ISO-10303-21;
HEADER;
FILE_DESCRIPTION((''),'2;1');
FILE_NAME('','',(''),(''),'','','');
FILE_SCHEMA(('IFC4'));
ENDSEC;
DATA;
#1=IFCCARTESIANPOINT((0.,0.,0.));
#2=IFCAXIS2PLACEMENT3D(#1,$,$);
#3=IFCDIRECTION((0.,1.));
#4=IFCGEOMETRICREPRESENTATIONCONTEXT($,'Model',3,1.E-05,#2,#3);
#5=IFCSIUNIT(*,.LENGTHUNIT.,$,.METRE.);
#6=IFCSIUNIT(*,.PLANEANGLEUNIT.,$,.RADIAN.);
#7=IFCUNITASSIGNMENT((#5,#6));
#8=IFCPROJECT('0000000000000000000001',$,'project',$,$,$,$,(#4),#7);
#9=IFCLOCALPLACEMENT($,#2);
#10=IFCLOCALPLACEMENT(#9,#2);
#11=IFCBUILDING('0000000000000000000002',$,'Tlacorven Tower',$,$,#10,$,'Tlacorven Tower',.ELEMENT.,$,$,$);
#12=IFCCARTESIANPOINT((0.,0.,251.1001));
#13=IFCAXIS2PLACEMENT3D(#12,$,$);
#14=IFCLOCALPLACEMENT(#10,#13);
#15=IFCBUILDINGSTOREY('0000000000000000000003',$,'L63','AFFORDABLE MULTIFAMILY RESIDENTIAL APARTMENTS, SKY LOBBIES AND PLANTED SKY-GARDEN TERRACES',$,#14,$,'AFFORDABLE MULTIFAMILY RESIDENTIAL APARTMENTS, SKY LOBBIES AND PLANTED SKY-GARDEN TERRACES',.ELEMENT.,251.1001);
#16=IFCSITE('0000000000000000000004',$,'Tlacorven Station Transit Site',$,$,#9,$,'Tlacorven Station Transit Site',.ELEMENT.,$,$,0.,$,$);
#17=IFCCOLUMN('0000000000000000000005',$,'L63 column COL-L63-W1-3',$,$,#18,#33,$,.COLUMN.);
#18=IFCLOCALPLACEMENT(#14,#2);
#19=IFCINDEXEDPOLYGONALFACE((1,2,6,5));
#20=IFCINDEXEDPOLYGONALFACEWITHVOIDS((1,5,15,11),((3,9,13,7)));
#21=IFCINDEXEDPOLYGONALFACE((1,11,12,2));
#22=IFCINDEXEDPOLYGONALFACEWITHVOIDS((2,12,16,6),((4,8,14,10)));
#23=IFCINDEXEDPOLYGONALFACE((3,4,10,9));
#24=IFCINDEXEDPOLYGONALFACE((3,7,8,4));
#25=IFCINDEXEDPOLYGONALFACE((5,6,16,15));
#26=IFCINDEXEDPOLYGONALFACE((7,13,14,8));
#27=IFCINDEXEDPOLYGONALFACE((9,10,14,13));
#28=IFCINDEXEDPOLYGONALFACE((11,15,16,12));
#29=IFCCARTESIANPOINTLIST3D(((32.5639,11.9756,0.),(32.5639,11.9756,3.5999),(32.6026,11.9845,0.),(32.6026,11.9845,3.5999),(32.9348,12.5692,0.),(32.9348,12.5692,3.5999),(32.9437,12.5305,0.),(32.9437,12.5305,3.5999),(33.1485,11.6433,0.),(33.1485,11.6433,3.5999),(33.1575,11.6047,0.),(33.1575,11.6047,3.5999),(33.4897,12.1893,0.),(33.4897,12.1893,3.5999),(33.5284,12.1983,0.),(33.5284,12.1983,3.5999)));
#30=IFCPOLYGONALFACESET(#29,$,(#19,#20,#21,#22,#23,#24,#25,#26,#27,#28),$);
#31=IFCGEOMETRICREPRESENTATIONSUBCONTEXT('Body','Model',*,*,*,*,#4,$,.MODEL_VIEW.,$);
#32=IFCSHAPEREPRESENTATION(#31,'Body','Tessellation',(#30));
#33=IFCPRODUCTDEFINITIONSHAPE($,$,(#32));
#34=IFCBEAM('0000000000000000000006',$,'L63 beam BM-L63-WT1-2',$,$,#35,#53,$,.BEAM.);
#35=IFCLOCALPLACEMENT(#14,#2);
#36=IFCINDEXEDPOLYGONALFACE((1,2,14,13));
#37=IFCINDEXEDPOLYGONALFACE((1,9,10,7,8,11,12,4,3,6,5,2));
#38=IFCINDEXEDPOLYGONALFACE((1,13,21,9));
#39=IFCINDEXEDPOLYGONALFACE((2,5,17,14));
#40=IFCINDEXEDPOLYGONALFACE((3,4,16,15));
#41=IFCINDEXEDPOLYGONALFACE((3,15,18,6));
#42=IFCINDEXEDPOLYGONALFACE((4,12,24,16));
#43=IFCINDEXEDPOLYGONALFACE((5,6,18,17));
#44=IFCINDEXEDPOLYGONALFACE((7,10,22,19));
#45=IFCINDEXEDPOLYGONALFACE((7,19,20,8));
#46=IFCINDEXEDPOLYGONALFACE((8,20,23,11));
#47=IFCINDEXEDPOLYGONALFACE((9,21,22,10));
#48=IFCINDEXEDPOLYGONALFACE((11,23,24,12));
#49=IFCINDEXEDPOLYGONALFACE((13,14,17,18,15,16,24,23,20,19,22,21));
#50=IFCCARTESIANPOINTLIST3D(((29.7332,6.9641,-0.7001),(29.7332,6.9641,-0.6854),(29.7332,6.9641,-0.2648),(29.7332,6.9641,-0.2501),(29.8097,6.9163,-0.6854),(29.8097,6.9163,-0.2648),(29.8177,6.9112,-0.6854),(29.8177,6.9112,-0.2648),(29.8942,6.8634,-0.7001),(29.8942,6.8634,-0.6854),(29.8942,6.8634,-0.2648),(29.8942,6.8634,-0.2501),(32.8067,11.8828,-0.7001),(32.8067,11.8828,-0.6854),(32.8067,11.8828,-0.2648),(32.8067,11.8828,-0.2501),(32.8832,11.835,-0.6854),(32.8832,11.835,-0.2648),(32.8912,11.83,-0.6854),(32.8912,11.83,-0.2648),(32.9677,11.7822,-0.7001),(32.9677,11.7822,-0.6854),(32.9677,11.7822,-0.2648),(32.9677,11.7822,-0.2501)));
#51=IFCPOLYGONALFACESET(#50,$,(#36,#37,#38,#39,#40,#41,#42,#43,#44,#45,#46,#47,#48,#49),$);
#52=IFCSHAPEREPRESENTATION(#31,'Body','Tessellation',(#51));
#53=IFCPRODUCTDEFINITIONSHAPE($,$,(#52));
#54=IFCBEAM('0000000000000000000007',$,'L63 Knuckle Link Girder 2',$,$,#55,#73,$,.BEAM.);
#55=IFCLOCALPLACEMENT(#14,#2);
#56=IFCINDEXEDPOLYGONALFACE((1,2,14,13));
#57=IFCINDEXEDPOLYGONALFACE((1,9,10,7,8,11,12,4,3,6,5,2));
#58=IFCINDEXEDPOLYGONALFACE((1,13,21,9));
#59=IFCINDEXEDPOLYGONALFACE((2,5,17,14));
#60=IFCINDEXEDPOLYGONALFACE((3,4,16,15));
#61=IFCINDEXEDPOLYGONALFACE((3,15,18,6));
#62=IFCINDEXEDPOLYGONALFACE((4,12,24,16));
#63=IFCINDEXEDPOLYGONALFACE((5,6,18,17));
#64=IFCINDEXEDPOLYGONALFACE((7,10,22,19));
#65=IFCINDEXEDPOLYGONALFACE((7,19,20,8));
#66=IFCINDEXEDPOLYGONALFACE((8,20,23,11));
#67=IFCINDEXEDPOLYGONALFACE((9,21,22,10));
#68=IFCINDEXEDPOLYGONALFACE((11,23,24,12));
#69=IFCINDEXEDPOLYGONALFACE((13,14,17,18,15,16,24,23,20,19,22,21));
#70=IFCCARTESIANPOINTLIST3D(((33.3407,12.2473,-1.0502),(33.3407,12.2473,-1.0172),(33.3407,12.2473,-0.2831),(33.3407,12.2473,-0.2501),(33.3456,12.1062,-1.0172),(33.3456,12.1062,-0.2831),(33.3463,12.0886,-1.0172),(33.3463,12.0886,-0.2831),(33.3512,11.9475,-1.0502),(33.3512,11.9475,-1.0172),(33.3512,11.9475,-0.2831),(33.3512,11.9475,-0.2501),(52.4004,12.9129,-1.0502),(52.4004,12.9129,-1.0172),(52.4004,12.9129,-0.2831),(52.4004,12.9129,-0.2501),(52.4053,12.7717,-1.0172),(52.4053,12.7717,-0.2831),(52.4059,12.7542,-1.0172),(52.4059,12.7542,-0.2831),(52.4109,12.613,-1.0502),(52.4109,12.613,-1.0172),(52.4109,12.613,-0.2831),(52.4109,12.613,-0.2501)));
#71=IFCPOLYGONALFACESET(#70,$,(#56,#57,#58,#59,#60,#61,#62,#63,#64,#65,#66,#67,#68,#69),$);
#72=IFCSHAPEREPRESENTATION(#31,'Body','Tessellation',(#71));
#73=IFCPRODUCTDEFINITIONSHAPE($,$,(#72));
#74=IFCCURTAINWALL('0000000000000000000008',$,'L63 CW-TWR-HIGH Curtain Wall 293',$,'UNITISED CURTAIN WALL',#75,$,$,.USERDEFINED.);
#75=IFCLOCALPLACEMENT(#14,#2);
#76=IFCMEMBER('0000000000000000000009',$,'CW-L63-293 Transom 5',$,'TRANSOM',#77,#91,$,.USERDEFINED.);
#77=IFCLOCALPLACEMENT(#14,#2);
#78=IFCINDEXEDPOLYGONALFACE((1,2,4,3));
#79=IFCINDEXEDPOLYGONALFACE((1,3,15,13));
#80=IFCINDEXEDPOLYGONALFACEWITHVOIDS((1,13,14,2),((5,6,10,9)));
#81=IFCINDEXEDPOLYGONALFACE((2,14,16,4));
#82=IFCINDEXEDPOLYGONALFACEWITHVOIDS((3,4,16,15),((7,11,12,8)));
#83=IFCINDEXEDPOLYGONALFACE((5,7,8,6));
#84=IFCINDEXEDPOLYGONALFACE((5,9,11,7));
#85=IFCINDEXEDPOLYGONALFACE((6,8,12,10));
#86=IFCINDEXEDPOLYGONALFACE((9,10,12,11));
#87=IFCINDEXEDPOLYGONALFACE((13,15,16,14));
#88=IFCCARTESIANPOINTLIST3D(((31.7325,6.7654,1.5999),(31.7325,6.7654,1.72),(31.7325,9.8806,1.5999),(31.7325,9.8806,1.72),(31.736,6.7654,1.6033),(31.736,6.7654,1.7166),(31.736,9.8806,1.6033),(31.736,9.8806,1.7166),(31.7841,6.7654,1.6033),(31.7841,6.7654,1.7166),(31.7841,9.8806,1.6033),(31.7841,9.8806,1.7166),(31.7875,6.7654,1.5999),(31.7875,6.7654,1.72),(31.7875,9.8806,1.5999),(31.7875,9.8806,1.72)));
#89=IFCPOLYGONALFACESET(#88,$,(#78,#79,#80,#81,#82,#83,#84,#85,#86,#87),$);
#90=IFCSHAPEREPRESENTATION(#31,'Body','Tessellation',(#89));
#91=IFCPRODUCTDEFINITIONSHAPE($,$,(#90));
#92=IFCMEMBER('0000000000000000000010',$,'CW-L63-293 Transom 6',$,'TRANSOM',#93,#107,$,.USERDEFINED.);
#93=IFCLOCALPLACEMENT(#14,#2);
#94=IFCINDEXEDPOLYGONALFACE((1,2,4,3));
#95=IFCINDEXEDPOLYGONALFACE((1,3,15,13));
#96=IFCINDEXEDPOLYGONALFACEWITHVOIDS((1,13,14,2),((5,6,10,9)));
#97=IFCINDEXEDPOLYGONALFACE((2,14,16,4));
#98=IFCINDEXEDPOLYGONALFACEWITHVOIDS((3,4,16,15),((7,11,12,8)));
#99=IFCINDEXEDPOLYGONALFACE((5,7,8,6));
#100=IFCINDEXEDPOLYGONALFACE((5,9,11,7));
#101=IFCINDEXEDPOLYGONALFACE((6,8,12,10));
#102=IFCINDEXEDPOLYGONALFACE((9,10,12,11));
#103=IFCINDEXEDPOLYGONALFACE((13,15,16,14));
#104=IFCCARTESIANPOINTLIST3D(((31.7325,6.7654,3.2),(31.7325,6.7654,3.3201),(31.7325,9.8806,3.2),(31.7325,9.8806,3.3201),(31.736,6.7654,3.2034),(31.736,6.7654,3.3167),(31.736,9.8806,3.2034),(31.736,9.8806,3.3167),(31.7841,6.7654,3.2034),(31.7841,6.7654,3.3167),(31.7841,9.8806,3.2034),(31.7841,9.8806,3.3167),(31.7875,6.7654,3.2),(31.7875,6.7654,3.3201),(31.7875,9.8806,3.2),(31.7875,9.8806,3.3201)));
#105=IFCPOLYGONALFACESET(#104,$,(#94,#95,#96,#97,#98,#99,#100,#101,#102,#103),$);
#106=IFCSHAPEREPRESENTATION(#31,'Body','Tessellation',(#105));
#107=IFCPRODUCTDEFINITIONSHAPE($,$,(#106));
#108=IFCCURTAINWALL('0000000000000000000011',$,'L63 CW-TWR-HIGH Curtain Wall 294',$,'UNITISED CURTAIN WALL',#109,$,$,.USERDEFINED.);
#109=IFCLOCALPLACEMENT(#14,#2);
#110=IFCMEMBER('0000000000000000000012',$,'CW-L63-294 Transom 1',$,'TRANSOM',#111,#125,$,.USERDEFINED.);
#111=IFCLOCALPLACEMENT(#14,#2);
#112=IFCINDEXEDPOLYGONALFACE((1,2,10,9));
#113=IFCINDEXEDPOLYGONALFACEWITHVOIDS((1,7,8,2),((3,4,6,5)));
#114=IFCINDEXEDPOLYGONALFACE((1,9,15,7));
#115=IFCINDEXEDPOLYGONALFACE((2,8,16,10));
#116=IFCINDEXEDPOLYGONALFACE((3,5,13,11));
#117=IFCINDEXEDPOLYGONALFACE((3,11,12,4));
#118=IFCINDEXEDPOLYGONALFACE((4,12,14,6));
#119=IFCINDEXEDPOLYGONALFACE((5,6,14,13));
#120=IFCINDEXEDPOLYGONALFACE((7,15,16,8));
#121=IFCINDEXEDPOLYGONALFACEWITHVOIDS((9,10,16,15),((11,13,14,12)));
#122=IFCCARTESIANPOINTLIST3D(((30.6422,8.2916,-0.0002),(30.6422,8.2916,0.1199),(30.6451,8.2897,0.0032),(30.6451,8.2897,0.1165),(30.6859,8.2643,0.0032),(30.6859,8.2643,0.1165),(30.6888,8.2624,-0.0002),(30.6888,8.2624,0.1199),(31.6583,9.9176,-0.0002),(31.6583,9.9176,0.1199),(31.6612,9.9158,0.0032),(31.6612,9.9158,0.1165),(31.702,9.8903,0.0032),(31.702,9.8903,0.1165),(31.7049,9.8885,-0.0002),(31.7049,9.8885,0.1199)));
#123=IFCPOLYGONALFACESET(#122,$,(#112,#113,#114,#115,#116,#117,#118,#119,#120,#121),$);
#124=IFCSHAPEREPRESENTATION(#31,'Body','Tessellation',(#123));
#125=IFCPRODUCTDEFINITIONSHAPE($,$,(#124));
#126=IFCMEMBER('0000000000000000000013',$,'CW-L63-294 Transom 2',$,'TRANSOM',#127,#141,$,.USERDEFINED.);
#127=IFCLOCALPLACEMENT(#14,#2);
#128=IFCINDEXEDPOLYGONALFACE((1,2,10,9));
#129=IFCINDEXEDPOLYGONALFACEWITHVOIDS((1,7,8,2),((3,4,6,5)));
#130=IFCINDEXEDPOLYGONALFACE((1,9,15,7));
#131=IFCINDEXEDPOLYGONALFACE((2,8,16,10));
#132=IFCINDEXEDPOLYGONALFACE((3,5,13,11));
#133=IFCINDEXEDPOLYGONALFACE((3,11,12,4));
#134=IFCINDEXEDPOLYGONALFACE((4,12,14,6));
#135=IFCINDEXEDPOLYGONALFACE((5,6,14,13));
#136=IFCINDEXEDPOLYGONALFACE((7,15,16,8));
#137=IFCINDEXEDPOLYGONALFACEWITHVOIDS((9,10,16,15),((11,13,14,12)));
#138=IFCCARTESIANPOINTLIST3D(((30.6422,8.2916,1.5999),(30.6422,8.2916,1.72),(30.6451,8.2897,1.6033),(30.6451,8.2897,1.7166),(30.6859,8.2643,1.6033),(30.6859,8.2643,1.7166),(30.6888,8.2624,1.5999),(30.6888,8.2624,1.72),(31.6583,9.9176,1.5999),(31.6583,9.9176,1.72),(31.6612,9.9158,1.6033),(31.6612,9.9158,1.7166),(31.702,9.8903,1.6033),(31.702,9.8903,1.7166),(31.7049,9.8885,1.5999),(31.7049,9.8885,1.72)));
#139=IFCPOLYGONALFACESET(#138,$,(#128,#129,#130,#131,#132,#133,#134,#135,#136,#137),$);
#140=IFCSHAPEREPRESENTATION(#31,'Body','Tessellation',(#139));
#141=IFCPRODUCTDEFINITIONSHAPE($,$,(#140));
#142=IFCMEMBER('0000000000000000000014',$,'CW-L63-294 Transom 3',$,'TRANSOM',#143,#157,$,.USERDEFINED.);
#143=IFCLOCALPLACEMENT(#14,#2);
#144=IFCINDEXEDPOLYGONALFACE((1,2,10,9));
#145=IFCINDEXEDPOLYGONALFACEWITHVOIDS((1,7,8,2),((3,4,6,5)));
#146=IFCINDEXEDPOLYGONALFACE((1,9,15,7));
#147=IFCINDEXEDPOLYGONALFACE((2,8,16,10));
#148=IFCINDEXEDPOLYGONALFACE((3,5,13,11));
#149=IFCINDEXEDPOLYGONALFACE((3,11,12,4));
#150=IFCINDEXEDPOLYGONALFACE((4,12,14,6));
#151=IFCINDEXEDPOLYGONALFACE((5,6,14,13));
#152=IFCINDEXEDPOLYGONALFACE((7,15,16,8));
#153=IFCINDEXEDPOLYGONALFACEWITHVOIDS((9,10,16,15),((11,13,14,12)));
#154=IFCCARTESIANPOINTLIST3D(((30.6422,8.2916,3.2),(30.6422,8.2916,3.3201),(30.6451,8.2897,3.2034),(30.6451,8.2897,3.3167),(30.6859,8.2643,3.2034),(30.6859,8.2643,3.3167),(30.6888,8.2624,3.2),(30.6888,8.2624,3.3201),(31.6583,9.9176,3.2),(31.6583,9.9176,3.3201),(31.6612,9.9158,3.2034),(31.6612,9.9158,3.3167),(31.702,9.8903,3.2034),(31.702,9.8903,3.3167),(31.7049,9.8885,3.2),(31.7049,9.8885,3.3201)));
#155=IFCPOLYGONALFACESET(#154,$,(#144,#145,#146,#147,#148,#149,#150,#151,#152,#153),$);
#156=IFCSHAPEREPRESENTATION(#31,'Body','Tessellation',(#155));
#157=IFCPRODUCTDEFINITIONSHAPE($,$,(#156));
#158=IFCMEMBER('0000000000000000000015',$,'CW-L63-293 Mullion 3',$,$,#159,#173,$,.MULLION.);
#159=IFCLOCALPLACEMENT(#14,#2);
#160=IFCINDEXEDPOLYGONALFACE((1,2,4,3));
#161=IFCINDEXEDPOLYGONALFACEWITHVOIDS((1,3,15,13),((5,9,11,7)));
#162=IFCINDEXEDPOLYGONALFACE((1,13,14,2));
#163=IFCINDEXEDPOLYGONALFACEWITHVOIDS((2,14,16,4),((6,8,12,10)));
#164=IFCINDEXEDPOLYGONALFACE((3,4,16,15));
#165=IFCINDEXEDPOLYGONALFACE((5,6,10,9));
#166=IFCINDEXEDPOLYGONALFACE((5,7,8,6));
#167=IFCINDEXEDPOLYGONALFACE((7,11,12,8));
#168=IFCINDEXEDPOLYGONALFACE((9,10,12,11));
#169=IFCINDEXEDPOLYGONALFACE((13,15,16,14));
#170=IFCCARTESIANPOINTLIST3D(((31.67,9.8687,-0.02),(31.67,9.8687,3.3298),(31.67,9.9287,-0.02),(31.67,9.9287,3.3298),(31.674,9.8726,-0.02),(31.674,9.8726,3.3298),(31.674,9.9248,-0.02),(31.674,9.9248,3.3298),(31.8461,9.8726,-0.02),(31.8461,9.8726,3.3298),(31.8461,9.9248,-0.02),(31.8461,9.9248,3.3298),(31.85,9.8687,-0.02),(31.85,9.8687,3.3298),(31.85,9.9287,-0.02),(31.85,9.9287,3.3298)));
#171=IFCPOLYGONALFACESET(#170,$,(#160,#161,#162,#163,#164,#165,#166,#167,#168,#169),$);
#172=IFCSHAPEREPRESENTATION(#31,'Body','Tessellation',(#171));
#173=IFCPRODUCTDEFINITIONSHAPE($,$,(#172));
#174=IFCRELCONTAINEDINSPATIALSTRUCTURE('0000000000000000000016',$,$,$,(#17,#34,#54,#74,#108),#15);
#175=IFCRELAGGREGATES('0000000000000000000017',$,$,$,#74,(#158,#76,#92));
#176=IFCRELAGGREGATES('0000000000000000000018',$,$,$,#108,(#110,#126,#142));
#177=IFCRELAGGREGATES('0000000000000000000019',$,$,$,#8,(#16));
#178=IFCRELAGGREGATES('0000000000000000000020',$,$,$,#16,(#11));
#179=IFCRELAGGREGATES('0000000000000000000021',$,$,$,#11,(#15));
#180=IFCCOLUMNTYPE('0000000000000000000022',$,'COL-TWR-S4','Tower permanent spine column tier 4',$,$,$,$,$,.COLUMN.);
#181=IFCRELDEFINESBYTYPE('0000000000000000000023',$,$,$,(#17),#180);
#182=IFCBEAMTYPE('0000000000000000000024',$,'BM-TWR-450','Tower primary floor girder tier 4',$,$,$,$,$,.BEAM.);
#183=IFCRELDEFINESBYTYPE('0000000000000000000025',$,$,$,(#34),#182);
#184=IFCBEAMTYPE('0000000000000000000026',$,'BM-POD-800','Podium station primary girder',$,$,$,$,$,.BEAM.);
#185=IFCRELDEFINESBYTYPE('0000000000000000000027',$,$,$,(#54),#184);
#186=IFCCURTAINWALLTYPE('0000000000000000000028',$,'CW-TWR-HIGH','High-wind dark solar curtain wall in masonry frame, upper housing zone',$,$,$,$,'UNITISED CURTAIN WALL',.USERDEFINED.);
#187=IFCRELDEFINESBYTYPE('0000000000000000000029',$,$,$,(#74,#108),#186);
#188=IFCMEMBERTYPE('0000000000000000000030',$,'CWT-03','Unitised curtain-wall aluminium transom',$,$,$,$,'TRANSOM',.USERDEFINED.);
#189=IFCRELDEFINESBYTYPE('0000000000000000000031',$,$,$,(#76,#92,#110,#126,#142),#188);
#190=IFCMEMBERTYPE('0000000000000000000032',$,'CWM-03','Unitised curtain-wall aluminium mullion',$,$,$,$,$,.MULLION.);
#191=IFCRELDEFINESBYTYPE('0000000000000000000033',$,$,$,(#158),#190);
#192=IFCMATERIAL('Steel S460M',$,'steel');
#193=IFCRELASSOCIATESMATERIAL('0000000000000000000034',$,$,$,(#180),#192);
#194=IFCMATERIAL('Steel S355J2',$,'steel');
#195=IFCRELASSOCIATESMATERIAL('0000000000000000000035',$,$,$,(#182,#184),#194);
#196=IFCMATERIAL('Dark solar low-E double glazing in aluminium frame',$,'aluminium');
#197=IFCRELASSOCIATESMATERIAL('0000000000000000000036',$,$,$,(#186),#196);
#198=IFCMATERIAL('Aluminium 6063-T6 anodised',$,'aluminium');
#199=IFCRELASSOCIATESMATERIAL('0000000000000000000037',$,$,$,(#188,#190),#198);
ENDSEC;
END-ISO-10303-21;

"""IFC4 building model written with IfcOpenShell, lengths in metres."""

from ifc_helpers import new_model, si_unit, direction, frame, origin, origin_2d, place, context, subcontext, project, spatial, hollow_rectangle, i_section, extrude, source, transform, mapped, material, material_profile, profile_set, type_object, element, aggregate, save


model = new_model("IFC4")

# Units and contexts
model_context = context("Model", 3, precision=1e-05, world=origin(), true_north=direction((0.0, 1.0)))
body_context = subcontext(model_context, "Body", "Model", "MODEL_VIEW")
ifc_project = project(units=[si_unit("LENGTHUNIT", "METRE"), si_unit("PLANEANGLEUNIT", "RADIAN")], contexts=[model_context])

# Site, building, storey
site_placement = place(None, origin())
site = spatial("IfcSite", under=ifc_project, at=site_placement, Name="Tlacorven Station Transit Site", LongName="Tlacorven Station Transit Site", CompositionType="ELEMENT", RefElevation=0.0)
building_placement = place(site_placement, origin())
building = spatial("IfcBuilding", under=site, at=building_placement, Name="Tlacorven Tower", LongName="Tlacorven Tower", CompositionType="ELEMENT")
storey_placement = place(building_placement, frame((0.0, 0.0, 251.1001)))
storey = spatial("IfcBuildingStorey", under=building, at=storey_placement, Name="L63", Description="AFFORDABLE MULTIFAMILY RESIDENTIAL APARTMENTS, SKY LOBBIES AND PLANTED SKY-GARDEN TERRACES", LongName="AFFORDABLE MULTIFAMILY RESIDENTIAL APARTMENTS, SKY LOBBIES AND PLANTED SKY-GARDEN TERRACES", CompositionType="ELEMENT", Elevation=251.1001)

# Column
ifc_material_1 = material(Name="Steel S460M", Category="steel")
ifc_material_profile_1 = material_profile(ifc_material_1, hollow_rectangle(XDim=0.7, YDim=0.7, WallThickness=0.0281, at=origin_2d()), Name="BOX 700X700X28")
ifc_profile_set_1 = profile_set([ifc_material_profile_1], Name="Steel S460M")
column_type = type_object("IfcColumnType", Name="COL-TWR-S4", Description="Tower permanent spine column tier 4", PredefinedType="COLUMN", material=ifc_profile_set_1)
shared_shape_1 = source(origin(), body_context, "Body", "SweptSolid", [
    extrude(hollow_rectangle(XDim=0.7, YDim=0.7, WallThickness=0.0281, at=origin_2d()), origin(), (0.0, 0.0, 1.0), 3.5999),
])
column_placement = place(storey_placement, frame((33.0461, 12.0869, 0.0), z_axis=(0.0, 0.0, 1.0), x_axis=(-0.848048, 0.529919, 0.0)))
element("IfcColumn", 1, at=column_placement, inside=storey, type_object=column_type, Name="L63 column COL-L63-W1-3", PredefinedType="COLUMN", context=body_context, shape_type="MappedRepresentation", body=[
    mapped(shared_shape_1, transform((0.0, 0.0, 0.0), scale=1.0)),
])

# Beams
ifc_material_2 = material(Name="Steel S355J2", Category="steel")
ifc_material_profile_2 = material_profile(ifc_material_2, i_section(OverallWidth=0.1899, OverallDepth=0.45, WebThickness=0.0095, FlangeThickness=0.0146, at=origin_2d()), Name="IPE 450")
ifc_profile_set_2 = profile_set([ifc_material_profile_2], Name="Steel S355J2")
beam_type_1 = type_object("IfcBeamType", Name="BM-TWR-450", Description="Tower primary floor girder tier 4", PredefinedType="BEAM", material=ifc_profile_set_2)
shared_shape_2 = source(origin(), body_context, "Body", "SweptSolid", [
    extrude(i_section(OverallWidth=0.1899, OverallDepth=0.45, WebThickness=0.0095, FlangeThickness=0.0146, at=origin_2d()), origin(), (0.0, 0.0, 1.0), 5.8),
])
beam_1_placement = place(storey_placement, frame((32.8872, 11.8325, -0.4751), z_axis=(-0.529912, -0.848053, 0.0), x_axis=(0.848053, -0.529912, 0.0)))
element("IfcBeam", 2, at=beam_1_placement, inside=storey, type_object=beam_type_1, Name="L63 beam BM-L63-WT1-2", PredefinedType="BEAM", context=body_context, shape_type="MappedRepresentation", body=[
    mapped(shared_shape_2, transform((0.0, 0.0, 0.0), scale=1.0)),
])
ifc_material_profile_3 = material_profile(ifc_material_2, i_section(OverallWidth=0.3, OverallDepth=0.8, WebThickness=0.0176, FlangeThickness=0.033, at=origin_2d()), Name="HEB 800")
ifc_profile_set_3 = profile_set([ifc_material_profile_3], Name="Steel S355J2")
beam_type_2 = type_object("IfcBeamType", Name="BM-POD-800", Description="Podium station primary girder", PredefinedType="BEAM", material=ifc_profile_set_3)
shared_shape_3 = source(origin(), body_context, "Body", "SweptSolid", [
    extrude(i_section(OverallWidth=0.3, OverallDepth=0.8, WebThickness=0.0176, FlangeThickness=0.033, at=origin_2d()), origin(), (0.0, 0.0, 1.0), 19.0713),
])
beam_2_placement = place(storey_placement, frame((33.3459, 12.0974, -0.6501), z_axis=(0.999391, 0.034897, 0.0), x_axis=(-0.034897, 0.999391, 0.0)))
element("IfcBeam", 3, at=beam_2_placement, inside=storey, type_object=beam_type_2, Name="L63 Knuckle Link Girder 2", PredefinedType="BEAM", context=body_context, shape_type="MappedRepresentation", body=[
    mapped(shared_shape_3, transform((0.0, 0.0, 0.0), scale=1.0)),
])

# Curtain walls, members
ifc_material_3 = material(Name="Dark solar low-E double glazing in aluminium frame", Category="aluminium")
curtain_wall_type = type_object("IfcCurtainWallType", Name="CW-TWR-HIGH", Description="High-wind dark solar curtain wall in masonry frame, upper housing zone", ElementType="UNITISED CURTAIN WALL", PredefinedType="USERDEFINED", material=ifc_material_3)
curtain_wall_1_placement = place(storey_placement, origin())
curtain_wall_1 = element("IfcCurtainWall", 4, at=curtain_wall_1_placement, inside=storey, type_object=curtain_wall_type, Name="L63 CW-TWR-HIGH Curtain Wall 293", ObjectType="UNITISED CURTAIN WALL", PredefinedType="USERDEFINED")
ifc_material_4 = material(Name="Aluminium 6063-T6 anodised", Category="aluminium")
ifc_material_profile_4 = material_profile(ifc_material_4, hollow_rectangle(XDim=0.0549, YDim=0.1201, WallThickness=0.0034, at=origin_2d()), Name="ALU TRANSOM 55X120")
ifc_profile_set_4 = profile_set([ifc_material_profile_4], Name="Aluminium 6063-T6 anodised")
member_type_1 = type_object("IfcMemberType", Name="CWT-03", Description="Unitised curtain-wall aluminium transom", ElementType="TRANSOM", PredefinedType="USERDEFINED", material=ifc_profile_set_4)
shared_shape_4 = source(origin(), body_context, "Body", "SweptSolid", [
    extrude(hollow_rectangle(XDim=0.0549, YDim=0.1201, WallThickness=0.0034, at=origin_2d()), origin(), (0.0, 0.0, 1.0), 3.1152),
])
member_1_placement = place(storey_placement, frame((31.76, 6.7654, 1.6599), z_axis=(0.0, 1.0, 0.0), x_axis=(-1.0, 0.0, 0.0)))
member_1 = element("IfcMember", 5, at=member_1_placement, type_object=member_type_1, Name="CW-L63-293 Transom 5", ObjectType="TRANSOM", PredefinedType="USERDEFINED", context=body_context, shape_type="MappedRepresentation", body=[
    mapped(shared_shape_4, transform((0.0, 0.0, 0.0), scale=1.0)),
])
member_2_placement = place(storey_placement, frame((31.76, 6.7654, 3.26), z_axis=(0.0, 1.0, 0.0), x_axis=(-1.0, 0.0, 0.0)))
member_2 = element("IfcMember", 6, at=member_2_placement, type_object=member_type_1, Name="CW-L63-293 Transom 6", ObjectType="TRANSOM", PredefinedType="USERDEFINED", context=body_context, shape_type="MappedRepresentation", body=[
    mapped(shared_shape_4, transform((0.0, 0.0, 0.0), scale=1.0)),
])
curtain_wall_2_placement = place(storey_placement, origin())
curtain_wall_2 = element("IfcCurtainWall", 7, at=curtain_wall_2_placement, inside=storey, type_object=curtain_wall_type, Name="L63 CW-TWR-HIGH Curtain Wall 294", ObjectType="UNITISED CURTAIN WALL", PredefinedType="USERDEFINED")
shared_shape_5 = source(origin(), body_context, "Body", "SweptSolid", [
    extrude(hollow_rectangle(XDim=0.0549, YDim=0.1201, WallThickness=0.0034, at=origin_2d()), origin(), (0.0, 0.0, 1.0), 1.9175),
])
member_3_placement = place(storey_placement, frame((31.6816, 9.9031, 0.0598), z_axis=(-0.529953, -0.848027, 0.0), x_axis=(0.848027, -0.529953, 0.0)))
member_3 = element("IfcMember", 8, at=member_3_placement, type_object=member_type_1, Name="CW-L63-294 Transom 1", ObjectType="TRANSOM", PredefinedType="USERDEFINED", context=body_context, shape_type="MappedRepresentation", body=[
    mapped(shared_shape_5, transform((0.0, 0.0, 0.0), scale=1.0)),
])
member_4_placement = place(storey_placement, frame((31.6816, 9.9031, 1.6599), z_axis=(-0.529953, -0.848027, 0.0), x_axis=(0.848027, -0.529953, 0.0)))
member_4 = element("IfcMember", 9, at=member_4_placement, type_object=member_type_1, Name="CW-L63-294 Transom 2", ObjectType="TRANSOM", PredefinedType="USERDEFINED", context=body_context, shape_type="MappedRepresentation", body=[
    mapped(shared_shape_5, transform((0.0, 0.0, 0.0), scale=1.0)),
])
member_5_placement = place(storey_placement, frame((31.6816, 9.9031, 3.26), z_axis=(-0.529953, -0.848027, 0.0), x_axis=(0.848027, -0.529953, 0.0)))
member_5 = element("IfcMember", 10, at=member_5_placement, type_object=member_type_1, Name="CW-L63-294 Transom 3", ObjectType="TRANSOM", PredefinedType="USERDEFINED", context=body_context, shape_type="MappedRepresentation", body=[
    mapped(shared_shape_5, transform((0.0, 0.0, 0.0), scale=1.0)),
])

# Member
ifc_material_profile_5 = material_profile(ifc_material_4, hollow_rectangle(XDim=0.0601, YDim=0.1799, WallThickness=0.0039, at=origin_2d()), Name="ALU MULLION 60X180")
ifc_profile_set_5 = profile_set([ifc_material_profile_5], Name="Aluminium 6063-T6 anodised")
member_type_2 = type_object("IfcMemberType", Name="CWM-03", Description="Unitised curtain-wall aluminium mullion", PredefinedType="MULLION", material=ifc_profile_set_5)
shared_shape_6 = source(origin(), body_context, "Body", "SweptSolid", [
    extrude(hollow_rectangle(XDim=0.0601, YDim=0.1799, WallThickness=0.0039, at=origin_2d()), origin(), (0.0, 0.0, 1.0), 3.3499),
])
member_6_placement = place(storey_placement, frame((31.76, 9.8987, -0.02), z_axis=(0.0, 0.0, 1.0), x_axis=(0.0, 1.0, 0.0)))
member_6 = element("IfcMember", 11, at=member_6_placement, type_object=member_type_2, Name="CW-L63-293 Mullion 3", PredefinedType="MULLION", context=body_context, shape_type="MappedRepresentation", body=[
    mapped(shared_shape_6, transform((0.0, 0.0, 0.0), scale=1.0)),
])

aggregate(curtain_wall_1, [member_6, member_1, member_2])
aggregate(curtain_wall_2, [member_3, member_4, member_5])

save(model, "model.ifc")
